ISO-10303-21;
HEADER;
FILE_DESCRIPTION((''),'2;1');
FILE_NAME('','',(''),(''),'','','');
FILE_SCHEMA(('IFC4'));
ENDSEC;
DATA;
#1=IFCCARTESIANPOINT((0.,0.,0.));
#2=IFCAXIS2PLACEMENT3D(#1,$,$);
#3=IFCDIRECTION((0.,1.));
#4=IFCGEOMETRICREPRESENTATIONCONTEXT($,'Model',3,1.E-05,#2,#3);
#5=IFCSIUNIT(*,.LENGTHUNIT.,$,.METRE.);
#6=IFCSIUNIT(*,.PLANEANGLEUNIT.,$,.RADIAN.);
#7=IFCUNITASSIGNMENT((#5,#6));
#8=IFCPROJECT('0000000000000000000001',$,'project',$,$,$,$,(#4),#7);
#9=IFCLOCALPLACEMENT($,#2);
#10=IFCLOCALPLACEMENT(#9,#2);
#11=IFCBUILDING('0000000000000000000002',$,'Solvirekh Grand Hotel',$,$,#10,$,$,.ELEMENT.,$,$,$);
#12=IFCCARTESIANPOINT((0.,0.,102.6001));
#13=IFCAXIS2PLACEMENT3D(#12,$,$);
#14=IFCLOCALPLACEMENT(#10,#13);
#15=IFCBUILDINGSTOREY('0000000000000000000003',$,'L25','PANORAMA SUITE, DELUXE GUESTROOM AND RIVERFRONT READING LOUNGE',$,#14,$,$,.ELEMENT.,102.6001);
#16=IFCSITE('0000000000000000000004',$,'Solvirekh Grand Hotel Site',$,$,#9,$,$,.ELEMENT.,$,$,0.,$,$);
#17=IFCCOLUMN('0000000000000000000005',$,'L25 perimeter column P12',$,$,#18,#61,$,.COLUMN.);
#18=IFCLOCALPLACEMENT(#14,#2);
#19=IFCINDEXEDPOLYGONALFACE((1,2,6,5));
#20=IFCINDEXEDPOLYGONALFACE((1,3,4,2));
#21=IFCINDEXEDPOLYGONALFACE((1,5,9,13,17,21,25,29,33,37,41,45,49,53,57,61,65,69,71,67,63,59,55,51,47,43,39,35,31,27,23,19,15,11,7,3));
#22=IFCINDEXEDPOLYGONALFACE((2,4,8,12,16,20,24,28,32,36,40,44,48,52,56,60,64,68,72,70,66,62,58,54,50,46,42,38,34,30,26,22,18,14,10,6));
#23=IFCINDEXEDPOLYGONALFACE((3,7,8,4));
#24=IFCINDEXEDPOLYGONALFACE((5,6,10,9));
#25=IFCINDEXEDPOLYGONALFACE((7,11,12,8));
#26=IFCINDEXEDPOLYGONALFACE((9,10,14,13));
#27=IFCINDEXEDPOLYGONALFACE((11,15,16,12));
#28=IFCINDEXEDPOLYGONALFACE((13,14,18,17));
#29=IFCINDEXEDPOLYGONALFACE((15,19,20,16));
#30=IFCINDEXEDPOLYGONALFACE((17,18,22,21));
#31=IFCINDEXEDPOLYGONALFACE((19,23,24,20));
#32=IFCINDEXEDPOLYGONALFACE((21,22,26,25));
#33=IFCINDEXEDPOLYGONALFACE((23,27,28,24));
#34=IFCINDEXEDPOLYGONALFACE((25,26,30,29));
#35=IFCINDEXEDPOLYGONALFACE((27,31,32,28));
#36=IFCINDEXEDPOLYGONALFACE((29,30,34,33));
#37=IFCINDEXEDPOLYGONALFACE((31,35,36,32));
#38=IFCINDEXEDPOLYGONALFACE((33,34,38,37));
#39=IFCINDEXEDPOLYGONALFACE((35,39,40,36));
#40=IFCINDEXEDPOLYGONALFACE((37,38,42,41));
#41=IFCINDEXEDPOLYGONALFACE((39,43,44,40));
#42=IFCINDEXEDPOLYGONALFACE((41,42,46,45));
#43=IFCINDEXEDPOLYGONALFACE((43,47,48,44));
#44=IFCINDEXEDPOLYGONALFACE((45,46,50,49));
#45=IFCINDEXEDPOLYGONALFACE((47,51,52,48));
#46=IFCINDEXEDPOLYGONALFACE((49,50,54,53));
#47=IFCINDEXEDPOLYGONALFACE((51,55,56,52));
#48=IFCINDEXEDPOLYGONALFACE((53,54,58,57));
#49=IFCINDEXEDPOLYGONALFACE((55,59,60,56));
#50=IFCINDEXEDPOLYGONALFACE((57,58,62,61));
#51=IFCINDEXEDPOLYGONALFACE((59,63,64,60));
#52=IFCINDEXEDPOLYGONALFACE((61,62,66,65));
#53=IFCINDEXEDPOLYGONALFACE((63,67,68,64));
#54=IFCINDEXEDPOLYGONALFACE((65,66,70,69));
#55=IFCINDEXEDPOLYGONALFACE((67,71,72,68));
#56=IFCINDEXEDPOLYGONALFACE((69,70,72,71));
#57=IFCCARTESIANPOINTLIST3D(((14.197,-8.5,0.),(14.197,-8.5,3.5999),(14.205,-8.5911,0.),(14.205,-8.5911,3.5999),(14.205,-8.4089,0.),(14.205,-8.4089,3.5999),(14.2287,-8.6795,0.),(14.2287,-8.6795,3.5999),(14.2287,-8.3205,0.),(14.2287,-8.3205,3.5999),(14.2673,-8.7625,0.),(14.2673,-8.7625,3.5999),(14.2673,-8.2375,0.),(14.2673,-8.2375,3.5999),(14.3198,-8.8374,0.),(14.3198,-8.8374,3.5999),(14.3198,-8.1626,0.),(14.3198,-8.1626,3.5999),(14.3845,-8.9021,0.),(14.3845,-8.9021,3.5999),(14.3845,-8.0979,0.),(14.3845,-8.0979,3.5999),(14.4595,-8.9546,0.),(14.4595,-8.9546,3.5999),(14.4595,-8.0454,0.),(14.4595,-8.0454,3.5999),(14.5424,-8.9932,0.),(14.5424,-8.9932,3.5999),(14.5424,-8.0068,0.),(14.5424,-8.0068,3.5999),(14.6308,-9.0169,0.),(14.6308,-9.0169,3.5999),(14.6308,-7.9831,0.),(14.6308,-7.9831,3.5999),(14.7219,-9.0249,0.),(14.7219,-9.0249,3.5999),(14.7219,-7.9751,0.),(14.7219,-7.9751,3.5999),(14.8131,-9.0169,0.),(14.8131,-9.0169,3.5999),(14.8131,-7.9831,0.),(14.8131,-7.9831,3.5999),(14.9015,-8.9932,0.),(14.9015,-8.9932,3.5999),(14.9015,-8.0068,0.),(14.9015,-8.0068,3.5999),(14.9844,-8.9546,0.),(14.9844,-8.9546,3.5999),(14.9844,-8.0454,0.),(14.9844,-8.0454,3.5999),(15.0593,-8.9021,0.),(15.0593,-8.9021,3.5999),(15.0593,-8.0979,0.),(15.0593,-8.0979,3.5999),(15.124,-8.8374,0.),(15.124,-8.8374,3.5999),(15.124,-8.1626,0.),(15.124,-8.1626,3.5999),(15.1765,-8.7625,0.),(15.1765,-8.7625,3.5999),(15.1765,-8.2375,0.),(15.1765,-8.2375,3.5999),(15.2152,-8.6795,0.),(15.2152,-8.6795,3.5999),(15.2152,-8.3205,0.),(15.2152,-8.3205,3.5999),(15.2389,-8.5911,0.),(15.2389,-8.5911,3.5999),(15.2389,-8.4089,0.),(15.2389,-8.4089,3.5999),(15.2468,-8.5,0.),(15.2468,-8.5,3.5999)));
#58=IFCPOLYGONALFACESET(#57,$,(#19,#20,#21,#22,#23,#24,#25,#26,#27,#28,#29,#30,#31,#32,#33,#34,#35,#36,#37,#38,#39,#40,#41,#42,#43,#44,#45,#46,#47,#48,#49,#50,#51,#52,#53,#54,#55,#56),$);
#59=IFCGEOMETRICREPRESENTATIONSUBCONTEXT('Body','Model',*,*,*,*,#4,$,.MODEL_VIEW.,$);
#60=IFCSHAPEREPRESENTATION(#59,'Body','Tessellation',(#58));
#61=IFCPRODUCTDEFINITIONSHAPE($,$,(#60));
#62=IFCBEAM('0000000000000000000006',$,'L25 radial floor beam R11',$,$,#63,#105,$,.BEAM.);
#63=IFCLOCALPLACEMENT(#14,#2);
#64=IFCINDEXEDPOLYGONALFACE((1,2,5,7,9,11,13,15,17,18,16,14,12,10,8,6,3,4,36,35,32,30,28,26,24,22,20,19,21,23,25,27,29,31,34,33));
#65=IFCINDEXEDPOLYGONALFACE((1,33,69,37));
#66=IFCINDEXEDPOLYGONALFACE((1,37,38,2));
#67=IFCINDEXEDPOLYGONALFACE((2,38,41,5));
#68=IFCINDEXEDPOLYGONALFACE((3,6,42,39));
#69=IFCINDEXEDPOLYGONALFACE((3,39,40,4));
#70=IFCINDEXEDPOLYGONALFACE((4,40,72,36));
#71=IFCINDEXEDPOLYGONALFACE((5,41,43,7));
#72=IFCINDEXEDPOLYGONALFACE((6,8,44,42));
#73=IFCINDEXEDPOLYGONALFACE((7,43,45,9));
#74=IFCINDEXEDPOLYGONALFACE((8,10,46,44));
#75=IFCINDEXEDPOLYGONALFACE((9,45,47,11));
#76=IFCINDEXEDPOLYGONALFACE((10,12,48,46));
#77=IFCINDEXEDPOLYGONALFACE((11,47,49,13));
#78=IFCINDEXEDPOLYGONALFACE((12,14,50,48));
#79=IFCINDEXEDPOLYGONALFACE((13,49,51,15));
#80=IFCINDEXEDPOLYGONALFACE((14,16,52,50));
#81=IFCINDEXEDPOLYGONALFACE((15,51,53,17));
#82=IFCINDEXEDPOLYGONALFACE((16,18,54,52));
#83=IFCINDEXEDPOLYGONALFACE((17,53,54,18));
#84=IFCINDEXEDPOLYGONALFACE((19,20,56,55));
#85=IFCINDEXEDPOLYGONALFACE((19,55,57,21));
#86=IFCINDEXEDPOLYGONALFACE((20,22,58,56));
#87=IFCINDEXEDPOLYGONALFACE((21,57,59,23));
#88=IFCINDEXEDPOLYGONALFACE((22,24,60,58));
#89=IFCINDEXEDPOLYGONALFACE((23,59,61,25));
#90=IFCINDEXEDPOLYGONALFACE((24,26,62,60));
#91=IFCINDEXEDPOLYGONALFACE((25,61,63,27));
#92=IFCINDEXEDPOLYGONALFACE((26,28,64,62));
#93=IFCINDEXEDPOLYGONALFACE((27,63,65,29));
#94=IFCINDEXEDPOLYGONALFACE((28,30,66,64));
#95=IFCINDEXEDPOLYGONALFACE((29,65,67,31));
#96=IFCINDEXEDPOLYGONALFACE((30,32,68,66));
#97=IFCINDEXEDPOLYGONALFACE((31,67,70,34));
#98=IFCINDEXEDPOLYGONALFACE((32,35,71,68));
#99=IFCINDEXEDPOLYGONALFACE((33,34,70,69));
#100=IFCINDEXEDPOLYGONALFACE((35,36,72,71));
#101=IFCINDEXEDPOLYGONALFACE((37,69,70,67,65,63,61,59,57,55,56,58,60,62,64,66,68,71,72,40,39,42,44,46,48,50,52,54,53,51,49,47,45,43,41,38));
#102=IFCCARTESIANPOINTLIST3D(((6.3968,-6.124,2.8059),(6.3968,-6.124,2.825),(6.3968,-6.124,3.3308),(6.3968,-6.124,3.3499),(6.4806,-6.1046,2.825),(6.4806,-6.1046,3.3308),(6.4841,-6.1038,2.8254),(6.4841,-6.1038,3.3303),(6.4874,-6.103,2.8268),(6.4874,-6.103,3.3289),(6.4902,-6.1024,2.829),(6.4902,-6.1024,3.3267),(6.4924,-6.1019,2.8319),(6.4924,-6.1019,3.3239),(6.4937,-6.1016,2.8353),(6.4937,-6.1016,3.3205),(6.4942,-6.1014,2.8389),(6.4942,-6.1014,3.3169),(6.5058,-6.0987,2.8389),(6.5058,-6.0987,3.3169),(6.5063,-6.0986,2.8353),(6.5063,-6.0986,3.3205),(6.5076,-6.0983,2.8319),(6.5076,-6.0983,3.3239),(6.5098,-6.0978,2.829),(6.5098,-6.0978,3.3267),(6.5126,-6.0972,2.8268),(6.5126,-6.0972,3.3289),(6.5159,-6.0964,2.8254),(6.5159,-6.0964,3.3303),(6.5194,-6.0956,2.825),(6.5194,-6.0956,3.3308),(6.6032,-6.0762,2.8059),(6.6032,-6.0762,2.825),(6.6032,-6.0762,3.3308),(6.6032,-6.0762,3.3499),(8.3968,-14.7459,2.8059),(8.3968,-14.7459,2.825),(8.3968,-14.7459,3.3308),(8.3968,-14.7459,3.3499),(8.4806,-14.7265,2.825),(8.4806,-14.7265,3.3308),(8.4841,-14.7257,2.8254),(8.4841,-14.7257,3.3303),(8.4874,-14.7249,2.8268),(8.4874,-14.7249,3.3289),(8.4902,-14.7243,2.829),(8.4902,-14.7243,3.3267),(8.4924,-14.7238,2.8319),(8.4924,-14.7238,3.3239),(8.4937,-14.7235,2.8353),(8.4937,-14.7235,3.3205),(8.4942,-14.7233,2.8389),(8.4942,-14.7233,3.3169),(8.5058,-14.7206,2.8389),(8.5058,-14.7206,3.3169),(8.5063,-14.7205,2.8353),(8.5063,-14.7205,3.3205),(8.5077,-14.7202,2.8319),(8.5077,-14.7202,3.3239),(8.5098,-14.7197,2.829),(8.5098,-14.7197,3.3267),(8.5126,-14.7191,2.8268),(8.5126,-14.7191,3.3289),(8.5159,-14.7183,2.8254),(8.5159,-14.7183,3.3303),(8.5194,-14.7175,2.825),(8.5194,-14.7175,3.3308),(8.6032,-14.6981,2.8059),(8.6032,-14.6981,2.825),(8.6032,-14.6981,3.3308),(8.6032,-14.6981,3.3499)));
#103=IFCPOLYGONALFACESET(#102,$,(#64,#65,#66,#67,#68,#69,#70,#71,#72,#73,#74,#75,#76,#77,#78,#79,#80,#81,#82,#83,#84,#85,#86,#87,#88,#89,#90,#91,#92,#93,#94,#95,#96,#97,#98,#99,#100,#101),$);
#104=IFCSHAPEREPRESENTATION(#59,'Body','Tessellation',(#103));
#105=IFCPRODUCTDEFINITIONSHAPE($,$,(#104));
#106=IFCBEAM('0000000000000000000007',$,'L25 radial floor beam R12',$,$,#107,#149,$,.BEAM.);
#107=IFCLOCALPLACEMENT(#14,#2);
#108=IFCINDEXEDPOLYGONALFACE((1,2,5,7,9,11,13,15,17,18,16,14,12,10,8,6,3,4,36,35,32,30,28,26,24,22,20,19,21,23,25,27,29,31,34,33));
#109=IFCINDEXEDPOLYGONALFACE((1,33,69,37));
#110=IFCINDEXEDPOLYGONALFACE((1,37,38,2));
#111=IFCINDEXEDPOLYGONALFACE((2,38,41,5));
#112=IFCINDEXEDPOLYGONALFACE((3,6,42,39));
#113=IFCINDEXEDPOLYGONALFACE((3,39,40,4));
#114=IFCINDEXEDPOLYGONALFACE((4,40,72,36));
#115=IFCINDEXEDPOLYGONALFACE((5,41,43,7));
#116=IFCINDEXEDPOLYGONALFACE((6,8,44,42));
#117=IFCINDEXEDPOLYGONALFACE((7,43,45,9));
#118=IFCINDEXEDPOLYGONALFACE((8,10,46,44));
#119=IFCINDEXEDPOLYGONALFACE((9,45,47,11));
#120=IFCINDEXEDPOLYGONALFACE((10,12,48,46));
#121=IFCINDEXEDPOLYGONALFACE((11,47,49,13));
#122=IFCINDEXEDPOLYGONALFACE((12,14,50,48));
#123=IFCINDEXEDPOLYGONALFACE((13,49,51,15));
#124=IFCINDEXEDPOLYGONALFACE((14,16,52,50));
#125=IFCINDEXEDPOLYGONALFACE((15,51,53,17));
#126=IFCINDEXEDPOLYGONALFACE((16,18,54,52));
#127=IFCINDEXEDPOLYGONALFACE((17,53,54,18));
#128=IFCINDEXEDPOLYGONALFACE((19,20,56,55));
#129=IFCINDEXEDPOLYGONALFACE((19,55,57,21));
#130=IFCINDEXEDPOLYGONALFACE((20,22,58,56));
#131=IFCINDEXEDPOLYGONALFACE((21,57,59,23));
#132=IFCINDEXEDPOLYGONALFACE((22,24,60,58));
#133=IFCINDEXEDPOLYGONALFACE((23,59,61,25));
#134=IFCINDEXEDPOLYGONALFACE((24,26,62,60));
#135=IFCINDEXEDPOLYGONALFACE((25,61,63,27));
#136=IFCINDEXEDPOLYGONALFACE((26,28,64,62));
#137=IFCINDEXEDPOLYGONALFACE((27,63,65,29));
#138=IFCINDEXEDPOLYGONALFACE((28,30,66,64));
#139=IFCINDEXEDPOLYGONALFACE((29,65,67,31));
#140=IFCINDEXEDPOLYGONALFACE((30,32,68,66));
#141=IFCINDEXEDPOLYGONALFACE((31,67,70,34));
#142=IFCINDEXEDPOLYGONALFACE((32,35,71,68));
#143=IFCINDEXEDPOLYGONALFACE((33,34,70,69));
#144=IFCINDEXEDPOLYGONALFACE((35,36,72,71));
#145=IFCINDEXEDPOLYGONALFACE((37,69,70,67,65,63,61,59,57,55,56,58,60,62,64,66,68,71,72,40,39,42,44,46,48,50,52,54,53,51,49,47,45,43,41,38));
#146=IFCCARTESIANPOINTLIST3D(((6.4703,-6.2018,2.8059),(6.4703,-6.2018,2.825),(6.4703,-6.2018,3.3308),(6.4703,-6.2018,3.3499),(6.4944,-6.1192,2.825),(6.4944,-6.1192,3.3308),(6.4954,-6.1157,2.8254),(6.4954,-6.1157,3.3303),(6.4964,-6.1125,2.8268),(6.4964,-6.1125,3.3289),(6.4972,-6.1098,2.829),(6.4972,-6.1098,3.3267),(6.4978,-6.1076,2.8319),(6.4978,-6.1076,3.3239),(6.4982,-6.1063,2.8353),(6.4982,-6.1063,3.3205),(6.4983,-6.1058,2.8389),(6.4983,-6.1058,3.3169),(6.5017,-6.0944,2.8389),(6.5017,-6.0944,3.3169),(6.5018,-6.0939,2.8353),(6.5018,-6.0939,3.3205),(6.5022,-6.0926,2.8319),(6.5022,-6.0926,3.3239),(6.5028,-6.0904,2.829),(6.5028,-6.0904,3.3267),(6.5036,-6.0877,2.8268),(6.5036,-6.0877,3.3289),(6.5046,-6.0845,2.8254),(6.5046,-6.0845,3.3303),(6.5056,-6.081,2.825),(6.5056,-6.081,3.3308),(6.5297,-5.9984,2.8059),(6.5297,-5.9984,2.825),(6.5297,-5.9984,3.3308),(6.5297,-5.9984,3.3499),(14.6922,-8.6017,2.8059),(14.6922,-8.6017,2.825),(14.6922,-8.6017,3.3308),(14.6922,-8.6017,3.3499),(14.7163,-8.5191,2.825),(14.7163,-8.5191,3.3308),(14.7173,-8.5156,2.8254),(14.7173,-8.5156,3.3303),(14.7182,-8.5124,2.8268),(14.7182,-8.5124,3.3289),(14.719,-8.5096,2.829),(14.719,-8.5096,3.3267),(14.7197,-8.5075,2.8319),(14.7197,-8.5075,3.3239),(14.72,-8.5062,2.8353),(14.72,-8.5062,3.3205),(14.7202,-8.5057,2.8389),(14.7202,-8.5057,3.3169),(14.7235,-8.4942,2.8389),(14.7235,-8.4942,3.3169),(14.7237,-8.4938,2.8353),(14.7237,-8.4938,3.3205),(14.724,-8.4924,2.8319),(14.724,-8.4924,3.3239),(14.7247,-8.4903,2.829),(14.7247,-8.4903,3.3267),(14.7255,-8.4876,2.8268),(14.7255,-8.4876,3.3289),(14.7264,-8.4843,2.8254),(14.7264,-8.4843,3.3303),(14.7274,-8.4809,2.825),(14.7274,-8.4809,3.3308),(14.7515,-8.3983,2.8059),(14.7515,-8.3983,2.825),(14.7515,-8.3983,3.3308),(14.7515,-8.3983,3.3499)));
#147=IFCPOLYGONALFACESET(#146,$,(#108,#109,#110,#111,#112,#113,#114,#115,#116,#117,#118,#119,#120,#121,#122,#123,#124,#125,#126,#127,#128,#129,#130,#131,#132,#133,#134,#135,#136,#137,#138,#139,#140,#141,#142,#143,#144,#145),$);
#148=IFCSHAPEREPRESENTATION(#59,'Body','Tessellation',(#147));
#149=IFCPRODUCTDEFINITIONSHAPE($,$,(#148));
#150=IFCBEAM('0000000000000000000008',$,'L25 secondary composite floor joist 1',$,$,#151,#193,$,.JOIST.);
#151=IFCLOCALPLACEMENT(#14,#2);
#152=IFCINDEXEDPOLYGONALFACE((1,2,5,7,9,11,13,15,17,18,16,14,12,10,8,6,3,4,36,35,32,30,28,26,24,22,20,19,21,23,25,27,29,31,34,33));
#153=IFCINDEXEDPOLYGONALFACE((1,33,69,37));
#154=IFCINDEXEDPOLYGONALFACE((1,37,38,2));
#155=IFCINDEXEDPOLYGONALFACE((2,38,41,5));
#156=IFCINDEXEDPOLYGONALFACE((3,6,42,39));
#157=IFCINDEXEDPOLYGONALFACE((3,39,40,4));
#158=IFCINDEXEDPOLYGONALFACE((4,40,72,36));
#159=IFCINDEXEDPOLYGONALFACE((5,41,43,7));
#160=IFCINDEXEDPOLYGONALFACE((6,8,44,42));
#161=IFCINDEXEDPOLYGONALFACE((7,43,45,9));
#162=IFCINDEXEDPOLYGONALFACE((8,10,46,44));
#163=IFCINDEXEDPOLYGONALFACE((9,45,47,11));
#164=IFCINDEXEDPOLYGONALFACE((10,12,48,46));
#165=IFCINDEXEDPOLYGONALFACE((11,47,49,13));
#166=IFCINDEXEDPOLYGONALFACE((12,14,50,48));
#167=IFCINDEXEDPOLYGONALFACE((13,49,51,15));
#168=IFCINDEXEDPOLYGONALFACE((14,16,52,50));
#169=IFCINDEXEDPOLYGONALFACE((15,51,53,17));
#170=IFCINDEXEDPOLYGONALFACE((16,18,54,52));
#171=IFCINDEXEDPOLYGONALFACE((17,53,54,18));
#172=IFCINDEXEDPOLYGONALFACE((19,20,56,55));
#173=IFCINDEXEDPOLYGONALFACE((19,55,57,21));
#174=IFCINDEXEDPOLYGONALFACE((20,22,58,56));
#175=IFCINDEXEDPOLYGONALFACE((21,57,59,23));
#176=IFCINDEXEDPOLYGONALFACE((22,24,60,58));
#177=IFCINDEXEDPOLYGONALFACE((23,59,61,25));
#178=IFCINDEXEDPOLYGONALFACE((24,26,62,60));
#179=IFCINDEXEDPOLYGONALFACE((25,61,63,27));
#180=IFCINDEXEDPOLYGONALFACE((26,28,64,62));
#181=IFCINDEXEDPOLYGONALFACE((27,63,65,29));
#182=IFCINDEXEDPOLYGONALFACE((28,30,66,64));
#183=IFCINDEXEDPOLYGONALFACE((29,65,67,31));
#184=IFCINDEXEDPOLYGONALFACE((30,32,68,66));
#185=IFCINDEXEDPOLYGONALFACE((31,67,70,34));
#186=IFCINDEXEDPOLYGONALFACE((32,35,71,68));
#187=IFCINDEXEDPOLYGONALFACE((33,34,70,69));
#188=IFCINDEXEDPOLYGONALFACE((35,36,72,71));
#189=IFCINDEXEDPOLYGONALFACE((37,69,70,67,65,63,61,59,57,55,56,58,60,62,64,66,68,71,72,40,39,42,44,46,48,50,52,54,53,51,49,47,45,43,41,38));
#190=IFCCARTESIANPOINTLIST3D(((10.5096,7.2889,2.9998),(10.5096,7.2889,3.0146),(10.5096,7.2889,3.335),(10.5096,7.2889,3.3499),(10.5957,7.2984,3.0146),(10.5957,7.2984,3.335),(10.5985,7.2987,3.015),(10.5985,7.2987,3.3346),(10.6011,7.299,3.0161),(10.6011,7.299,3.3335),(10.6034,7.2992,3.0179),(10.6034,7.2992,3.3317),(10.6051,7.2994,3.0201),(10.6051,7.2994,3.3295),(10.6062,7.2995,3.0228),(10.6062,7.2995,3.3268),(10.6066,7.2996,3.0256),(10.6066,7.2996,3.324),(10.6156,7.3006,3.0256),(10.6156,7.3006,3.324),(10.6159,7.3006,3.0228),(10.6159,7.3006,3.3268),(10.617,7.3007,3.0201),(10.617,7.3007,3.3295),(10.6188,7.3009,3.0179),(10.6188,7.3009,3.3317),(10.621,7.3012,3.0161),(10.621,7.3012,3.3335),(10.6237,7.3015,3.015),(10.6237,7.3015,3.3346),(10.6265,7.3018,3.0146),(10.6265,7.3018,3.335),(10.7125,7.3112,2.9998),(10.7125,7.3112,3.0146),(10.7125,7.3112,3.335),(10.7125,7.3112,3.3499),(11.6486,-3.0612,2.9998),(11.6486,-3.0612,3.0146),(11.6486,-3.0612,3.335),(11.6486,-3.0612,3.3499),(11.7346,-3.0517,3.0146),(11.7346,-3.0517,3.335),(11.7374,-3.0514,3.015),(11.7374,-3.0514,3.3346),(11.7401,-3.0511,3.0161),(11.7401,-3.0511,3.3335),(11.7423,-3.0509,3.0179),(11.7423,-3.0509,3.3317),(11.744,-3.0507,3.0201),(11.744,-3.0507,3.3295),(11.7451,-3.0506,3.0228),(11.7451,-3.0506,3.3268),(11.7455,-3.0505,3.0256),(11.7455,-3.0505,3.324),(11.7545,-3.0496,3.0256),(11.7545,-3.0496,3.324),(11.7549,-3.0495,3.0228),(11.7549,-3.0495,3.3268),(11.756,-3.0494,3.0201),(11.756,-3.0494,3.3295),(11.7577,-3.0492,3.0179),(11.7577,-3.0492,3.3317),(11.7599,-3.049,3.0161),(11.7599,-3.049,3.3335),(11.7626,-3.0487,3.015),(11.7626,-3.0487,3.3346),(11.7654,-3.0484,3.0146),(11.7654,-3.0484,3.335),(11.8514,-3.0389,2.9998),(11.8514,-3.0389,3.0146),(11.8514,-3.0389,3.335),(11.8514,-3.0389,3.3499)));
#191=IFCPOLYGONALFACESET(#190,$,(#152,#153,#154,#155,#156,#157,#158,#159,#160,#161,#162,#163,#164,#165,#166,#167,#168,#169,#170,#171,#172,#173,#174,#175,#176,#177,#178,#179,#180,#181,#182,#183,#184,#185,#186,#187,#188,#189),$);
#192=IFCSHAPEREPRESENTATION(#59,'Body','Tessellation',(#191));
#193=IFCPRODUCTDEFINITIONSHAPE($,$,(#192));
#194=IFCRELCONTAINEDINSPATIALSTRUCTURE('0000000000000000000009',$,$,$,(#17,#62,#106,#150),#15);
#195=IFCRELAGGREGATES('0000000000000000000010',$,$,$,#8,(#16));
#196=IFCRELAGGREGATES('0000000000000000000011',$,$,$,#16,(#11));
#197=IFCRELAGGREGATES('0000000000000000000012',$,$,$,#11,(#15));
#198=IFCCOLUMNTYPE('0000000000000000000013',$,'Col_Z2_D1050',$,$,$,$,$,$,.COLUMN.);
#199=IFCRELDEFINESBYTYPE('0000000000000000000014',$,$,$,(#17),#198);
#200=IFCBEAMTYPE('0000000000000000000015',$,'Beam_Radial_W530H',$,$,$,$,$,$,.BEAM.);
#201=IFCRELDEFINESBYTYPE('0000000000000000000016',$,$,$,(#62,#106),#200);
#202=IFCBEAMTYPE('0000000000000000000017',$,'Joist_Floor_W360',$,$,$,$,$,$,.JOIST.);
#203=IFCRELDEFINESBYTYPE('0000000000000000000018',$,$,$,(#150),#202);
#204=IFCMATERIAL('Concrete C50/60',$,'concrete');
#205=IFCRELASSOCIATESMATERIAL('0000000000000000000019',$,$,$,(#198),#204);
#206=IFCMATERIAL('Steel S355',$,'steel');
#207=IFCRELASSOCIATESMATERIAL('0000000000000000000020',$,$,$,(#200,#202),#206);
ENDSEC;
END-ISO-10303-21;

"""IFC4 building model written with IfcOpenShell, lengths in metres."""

from ifc_helpers import new_model, si_unit, direction, frame, origin, origin_2d, place, context, subcontext, project, spatial, circle, i_section, extrude, material, material_profile, profile_set, type_object, element, save


model = new_model("IFC4")

# Units and contexts
model_context = context("Model", 3, precision=1e-05, world=origin(), true_north=direction((0.0, 1.0)))
body_context = subcontext(model_context, "Body", "Model", "MODEL_VIEW")
ifc_project = project(units=[si_unit("LENGTHUNIT", "METRE"), si_unit("PLANEANGLEUNIT", "RADIAN")], contexts=[model_context])

# Site, building, storey
site_placement = place(None, origin())
site = spatial("IfcSite", under=ifc_project, at=site_placement, Name="Solvirekh Grand Hotel Site", CompositionType="ELEMENT", RefElevation=0.0)
building_placement = place(site_placement, origin())
building = spatial("IfcBuilding", under=site, at=building_placement, Name="Solvirekh Grand Hotel", CompositionType="ELEMENT")
storey_placement = place(building_placement, frame((0.0, 0.0, 102.6001)))
storey = spatial("IfcBuildingStorey", under=building, at=storey_placement, Name="L25", Description="PANORAMA SUITE, DELUXE GUESTROOM AND RIVERFRONT READING LOUNGE", CompositionType="ELEMENT", Elevation=102.6001)

# Column
ifc_material_1 = material(Name="Concrete C50/60", Category="concrete")
ifc_material_profile_1 = material_profile(ifc_material_1, circle(Radius=0.5249, at=origin_2d()), Name="RC CIRC D1050")
ifc_profile_set_1 = profile_set([ifc_material_profile_1], Name="Concrete C50/60")
column_type = type_object("IfcColumnType", Name="Col_Z2_D1050", PredefinedType="COLUMN", material=ifc_profile_set_1)
column_placement = place(storey_placement, frame((14.7219, -8.5, 0.0), z_axis=(0.0, 0.0, 1.0), x_axis=(1.0, 0.0, 0.0)))
element("IfcColumn", 1, at=column_placement, inside=storey, type_object=column_type, Name="L25 perimeter column P12", PredefinedType="COLUMN", context=body_context, shape_type="SweptSolid", body=[
    extrude(circle(Radius=0.5249, at=origin_2d()), origin(), (0.0, 0.0, 1.0), 3.5999),
])

# Beams
ifc_material_2 = material(Name="Steel S355", Category="steel")
ifc_material_profile_2 = material_profile(ifc_material_2, i_section(OverallWidth=0.2119, OverallDepth=0.5439, WebThickness=0.012, FlangeThickness=0.019, FilletRadius=0.0139, at=origin_2d()), Name="W530X123")
ifc_profile_set_2 = profile_set([ifc_material_profile_2], Name="Steel S355")
beam_type_1 = type_object("IfcBeamType", Name="Beam_Radial_W530H", PredefinedType="BEAM", material=ifc_profile_set_2)
beam_1_placement = place(storey_placement, frame((6.5, -6.1001, 3.0779), z_axis=(0.225969, -0.974134, 0.0), x_axis=(0.974134, 0.225969, 0.0)))
element("IfcBeam", 2, at=beam_1_placement, inside=storey, type_object=beam_type_1, Name="L25 radial floor beam R11", PredefinedType="BEAM", context=body_context, shape_type="SweptSolid", body=[
    extrude(i_section(OverallWidth=0.2119, OverallDepth=0.5439, WebThickness=0.012, FlangeThickness=0.019, FilletRadius=0.0139, at=origin_2d()), origin(), (0.0, 0.0, 1.0), 8.8508),
])
beam_2_placement = place(storey_placement, frame((6.5, -6.1001, 3.0779), z_axis=(0.959942, -0.280198, 0.0), x_axis=(0.280198, 0.959942, 0.0)))
element("IfcBeam", 3, at=beam_2_placement, inside=storey, type_object=beam_type_1, Name="L25 radial floor beam R12", PredefinedType="BEAM", context=body_context, shape_type="SweptSolid", body=[
    extrude(i_section(OverallWidth=0.2119, OverallDepth=0.5439, WebThickness=0.012, FlangeThickness=0.019, FilletRadius=0.0139, at=origin_2d()), origin(), (0.0, 0.0, 1.0), 8.5649),
])
ifc_material_profile_3 = material_profile(ifc_material_2, i_section(OverallWidth=0.2041, OverallDepth=0.3501, WebThickness=0.009, FlangeThickness=0.0149, FilletRadius=0.011, at=origin_2d()), Name="W360X72")
ifc_profile_set_3 = profile_set([ifc_material_profile_3], Name="Steel S355")
beam_type_2 = type_object("IfcBeamType", Name="Joist_Floor_W360", PredefinedType="JOIST", material=ifc_profile_set_3)
beam_3_placement = place(storey_placement, frame((11.75, -3.05, 3.1748), z_axis=(-0.109379, 0.994, 0.0), x_axis=(-0.994, -0.109379, 0.0)))
element("IfcBeam", 4, at=beam_3_placement, inside=storey, type_object=beam_type_2, Name="L25 secondary composite floor joist 1", PredefinedType="JOIST", context=body_context, shape_type="SweptSolid", body=[
    extrude(i_section(OverallWidth=0.2041, OverallDepth=0.3501, WebThickness=0.009, FlangeThickness=0.0149, FilletRadius=0.011, at=origin_2d()), origin(), (0.0, 0.0, 1.0), 10.4126),
])

save(model, "model.ifc")
